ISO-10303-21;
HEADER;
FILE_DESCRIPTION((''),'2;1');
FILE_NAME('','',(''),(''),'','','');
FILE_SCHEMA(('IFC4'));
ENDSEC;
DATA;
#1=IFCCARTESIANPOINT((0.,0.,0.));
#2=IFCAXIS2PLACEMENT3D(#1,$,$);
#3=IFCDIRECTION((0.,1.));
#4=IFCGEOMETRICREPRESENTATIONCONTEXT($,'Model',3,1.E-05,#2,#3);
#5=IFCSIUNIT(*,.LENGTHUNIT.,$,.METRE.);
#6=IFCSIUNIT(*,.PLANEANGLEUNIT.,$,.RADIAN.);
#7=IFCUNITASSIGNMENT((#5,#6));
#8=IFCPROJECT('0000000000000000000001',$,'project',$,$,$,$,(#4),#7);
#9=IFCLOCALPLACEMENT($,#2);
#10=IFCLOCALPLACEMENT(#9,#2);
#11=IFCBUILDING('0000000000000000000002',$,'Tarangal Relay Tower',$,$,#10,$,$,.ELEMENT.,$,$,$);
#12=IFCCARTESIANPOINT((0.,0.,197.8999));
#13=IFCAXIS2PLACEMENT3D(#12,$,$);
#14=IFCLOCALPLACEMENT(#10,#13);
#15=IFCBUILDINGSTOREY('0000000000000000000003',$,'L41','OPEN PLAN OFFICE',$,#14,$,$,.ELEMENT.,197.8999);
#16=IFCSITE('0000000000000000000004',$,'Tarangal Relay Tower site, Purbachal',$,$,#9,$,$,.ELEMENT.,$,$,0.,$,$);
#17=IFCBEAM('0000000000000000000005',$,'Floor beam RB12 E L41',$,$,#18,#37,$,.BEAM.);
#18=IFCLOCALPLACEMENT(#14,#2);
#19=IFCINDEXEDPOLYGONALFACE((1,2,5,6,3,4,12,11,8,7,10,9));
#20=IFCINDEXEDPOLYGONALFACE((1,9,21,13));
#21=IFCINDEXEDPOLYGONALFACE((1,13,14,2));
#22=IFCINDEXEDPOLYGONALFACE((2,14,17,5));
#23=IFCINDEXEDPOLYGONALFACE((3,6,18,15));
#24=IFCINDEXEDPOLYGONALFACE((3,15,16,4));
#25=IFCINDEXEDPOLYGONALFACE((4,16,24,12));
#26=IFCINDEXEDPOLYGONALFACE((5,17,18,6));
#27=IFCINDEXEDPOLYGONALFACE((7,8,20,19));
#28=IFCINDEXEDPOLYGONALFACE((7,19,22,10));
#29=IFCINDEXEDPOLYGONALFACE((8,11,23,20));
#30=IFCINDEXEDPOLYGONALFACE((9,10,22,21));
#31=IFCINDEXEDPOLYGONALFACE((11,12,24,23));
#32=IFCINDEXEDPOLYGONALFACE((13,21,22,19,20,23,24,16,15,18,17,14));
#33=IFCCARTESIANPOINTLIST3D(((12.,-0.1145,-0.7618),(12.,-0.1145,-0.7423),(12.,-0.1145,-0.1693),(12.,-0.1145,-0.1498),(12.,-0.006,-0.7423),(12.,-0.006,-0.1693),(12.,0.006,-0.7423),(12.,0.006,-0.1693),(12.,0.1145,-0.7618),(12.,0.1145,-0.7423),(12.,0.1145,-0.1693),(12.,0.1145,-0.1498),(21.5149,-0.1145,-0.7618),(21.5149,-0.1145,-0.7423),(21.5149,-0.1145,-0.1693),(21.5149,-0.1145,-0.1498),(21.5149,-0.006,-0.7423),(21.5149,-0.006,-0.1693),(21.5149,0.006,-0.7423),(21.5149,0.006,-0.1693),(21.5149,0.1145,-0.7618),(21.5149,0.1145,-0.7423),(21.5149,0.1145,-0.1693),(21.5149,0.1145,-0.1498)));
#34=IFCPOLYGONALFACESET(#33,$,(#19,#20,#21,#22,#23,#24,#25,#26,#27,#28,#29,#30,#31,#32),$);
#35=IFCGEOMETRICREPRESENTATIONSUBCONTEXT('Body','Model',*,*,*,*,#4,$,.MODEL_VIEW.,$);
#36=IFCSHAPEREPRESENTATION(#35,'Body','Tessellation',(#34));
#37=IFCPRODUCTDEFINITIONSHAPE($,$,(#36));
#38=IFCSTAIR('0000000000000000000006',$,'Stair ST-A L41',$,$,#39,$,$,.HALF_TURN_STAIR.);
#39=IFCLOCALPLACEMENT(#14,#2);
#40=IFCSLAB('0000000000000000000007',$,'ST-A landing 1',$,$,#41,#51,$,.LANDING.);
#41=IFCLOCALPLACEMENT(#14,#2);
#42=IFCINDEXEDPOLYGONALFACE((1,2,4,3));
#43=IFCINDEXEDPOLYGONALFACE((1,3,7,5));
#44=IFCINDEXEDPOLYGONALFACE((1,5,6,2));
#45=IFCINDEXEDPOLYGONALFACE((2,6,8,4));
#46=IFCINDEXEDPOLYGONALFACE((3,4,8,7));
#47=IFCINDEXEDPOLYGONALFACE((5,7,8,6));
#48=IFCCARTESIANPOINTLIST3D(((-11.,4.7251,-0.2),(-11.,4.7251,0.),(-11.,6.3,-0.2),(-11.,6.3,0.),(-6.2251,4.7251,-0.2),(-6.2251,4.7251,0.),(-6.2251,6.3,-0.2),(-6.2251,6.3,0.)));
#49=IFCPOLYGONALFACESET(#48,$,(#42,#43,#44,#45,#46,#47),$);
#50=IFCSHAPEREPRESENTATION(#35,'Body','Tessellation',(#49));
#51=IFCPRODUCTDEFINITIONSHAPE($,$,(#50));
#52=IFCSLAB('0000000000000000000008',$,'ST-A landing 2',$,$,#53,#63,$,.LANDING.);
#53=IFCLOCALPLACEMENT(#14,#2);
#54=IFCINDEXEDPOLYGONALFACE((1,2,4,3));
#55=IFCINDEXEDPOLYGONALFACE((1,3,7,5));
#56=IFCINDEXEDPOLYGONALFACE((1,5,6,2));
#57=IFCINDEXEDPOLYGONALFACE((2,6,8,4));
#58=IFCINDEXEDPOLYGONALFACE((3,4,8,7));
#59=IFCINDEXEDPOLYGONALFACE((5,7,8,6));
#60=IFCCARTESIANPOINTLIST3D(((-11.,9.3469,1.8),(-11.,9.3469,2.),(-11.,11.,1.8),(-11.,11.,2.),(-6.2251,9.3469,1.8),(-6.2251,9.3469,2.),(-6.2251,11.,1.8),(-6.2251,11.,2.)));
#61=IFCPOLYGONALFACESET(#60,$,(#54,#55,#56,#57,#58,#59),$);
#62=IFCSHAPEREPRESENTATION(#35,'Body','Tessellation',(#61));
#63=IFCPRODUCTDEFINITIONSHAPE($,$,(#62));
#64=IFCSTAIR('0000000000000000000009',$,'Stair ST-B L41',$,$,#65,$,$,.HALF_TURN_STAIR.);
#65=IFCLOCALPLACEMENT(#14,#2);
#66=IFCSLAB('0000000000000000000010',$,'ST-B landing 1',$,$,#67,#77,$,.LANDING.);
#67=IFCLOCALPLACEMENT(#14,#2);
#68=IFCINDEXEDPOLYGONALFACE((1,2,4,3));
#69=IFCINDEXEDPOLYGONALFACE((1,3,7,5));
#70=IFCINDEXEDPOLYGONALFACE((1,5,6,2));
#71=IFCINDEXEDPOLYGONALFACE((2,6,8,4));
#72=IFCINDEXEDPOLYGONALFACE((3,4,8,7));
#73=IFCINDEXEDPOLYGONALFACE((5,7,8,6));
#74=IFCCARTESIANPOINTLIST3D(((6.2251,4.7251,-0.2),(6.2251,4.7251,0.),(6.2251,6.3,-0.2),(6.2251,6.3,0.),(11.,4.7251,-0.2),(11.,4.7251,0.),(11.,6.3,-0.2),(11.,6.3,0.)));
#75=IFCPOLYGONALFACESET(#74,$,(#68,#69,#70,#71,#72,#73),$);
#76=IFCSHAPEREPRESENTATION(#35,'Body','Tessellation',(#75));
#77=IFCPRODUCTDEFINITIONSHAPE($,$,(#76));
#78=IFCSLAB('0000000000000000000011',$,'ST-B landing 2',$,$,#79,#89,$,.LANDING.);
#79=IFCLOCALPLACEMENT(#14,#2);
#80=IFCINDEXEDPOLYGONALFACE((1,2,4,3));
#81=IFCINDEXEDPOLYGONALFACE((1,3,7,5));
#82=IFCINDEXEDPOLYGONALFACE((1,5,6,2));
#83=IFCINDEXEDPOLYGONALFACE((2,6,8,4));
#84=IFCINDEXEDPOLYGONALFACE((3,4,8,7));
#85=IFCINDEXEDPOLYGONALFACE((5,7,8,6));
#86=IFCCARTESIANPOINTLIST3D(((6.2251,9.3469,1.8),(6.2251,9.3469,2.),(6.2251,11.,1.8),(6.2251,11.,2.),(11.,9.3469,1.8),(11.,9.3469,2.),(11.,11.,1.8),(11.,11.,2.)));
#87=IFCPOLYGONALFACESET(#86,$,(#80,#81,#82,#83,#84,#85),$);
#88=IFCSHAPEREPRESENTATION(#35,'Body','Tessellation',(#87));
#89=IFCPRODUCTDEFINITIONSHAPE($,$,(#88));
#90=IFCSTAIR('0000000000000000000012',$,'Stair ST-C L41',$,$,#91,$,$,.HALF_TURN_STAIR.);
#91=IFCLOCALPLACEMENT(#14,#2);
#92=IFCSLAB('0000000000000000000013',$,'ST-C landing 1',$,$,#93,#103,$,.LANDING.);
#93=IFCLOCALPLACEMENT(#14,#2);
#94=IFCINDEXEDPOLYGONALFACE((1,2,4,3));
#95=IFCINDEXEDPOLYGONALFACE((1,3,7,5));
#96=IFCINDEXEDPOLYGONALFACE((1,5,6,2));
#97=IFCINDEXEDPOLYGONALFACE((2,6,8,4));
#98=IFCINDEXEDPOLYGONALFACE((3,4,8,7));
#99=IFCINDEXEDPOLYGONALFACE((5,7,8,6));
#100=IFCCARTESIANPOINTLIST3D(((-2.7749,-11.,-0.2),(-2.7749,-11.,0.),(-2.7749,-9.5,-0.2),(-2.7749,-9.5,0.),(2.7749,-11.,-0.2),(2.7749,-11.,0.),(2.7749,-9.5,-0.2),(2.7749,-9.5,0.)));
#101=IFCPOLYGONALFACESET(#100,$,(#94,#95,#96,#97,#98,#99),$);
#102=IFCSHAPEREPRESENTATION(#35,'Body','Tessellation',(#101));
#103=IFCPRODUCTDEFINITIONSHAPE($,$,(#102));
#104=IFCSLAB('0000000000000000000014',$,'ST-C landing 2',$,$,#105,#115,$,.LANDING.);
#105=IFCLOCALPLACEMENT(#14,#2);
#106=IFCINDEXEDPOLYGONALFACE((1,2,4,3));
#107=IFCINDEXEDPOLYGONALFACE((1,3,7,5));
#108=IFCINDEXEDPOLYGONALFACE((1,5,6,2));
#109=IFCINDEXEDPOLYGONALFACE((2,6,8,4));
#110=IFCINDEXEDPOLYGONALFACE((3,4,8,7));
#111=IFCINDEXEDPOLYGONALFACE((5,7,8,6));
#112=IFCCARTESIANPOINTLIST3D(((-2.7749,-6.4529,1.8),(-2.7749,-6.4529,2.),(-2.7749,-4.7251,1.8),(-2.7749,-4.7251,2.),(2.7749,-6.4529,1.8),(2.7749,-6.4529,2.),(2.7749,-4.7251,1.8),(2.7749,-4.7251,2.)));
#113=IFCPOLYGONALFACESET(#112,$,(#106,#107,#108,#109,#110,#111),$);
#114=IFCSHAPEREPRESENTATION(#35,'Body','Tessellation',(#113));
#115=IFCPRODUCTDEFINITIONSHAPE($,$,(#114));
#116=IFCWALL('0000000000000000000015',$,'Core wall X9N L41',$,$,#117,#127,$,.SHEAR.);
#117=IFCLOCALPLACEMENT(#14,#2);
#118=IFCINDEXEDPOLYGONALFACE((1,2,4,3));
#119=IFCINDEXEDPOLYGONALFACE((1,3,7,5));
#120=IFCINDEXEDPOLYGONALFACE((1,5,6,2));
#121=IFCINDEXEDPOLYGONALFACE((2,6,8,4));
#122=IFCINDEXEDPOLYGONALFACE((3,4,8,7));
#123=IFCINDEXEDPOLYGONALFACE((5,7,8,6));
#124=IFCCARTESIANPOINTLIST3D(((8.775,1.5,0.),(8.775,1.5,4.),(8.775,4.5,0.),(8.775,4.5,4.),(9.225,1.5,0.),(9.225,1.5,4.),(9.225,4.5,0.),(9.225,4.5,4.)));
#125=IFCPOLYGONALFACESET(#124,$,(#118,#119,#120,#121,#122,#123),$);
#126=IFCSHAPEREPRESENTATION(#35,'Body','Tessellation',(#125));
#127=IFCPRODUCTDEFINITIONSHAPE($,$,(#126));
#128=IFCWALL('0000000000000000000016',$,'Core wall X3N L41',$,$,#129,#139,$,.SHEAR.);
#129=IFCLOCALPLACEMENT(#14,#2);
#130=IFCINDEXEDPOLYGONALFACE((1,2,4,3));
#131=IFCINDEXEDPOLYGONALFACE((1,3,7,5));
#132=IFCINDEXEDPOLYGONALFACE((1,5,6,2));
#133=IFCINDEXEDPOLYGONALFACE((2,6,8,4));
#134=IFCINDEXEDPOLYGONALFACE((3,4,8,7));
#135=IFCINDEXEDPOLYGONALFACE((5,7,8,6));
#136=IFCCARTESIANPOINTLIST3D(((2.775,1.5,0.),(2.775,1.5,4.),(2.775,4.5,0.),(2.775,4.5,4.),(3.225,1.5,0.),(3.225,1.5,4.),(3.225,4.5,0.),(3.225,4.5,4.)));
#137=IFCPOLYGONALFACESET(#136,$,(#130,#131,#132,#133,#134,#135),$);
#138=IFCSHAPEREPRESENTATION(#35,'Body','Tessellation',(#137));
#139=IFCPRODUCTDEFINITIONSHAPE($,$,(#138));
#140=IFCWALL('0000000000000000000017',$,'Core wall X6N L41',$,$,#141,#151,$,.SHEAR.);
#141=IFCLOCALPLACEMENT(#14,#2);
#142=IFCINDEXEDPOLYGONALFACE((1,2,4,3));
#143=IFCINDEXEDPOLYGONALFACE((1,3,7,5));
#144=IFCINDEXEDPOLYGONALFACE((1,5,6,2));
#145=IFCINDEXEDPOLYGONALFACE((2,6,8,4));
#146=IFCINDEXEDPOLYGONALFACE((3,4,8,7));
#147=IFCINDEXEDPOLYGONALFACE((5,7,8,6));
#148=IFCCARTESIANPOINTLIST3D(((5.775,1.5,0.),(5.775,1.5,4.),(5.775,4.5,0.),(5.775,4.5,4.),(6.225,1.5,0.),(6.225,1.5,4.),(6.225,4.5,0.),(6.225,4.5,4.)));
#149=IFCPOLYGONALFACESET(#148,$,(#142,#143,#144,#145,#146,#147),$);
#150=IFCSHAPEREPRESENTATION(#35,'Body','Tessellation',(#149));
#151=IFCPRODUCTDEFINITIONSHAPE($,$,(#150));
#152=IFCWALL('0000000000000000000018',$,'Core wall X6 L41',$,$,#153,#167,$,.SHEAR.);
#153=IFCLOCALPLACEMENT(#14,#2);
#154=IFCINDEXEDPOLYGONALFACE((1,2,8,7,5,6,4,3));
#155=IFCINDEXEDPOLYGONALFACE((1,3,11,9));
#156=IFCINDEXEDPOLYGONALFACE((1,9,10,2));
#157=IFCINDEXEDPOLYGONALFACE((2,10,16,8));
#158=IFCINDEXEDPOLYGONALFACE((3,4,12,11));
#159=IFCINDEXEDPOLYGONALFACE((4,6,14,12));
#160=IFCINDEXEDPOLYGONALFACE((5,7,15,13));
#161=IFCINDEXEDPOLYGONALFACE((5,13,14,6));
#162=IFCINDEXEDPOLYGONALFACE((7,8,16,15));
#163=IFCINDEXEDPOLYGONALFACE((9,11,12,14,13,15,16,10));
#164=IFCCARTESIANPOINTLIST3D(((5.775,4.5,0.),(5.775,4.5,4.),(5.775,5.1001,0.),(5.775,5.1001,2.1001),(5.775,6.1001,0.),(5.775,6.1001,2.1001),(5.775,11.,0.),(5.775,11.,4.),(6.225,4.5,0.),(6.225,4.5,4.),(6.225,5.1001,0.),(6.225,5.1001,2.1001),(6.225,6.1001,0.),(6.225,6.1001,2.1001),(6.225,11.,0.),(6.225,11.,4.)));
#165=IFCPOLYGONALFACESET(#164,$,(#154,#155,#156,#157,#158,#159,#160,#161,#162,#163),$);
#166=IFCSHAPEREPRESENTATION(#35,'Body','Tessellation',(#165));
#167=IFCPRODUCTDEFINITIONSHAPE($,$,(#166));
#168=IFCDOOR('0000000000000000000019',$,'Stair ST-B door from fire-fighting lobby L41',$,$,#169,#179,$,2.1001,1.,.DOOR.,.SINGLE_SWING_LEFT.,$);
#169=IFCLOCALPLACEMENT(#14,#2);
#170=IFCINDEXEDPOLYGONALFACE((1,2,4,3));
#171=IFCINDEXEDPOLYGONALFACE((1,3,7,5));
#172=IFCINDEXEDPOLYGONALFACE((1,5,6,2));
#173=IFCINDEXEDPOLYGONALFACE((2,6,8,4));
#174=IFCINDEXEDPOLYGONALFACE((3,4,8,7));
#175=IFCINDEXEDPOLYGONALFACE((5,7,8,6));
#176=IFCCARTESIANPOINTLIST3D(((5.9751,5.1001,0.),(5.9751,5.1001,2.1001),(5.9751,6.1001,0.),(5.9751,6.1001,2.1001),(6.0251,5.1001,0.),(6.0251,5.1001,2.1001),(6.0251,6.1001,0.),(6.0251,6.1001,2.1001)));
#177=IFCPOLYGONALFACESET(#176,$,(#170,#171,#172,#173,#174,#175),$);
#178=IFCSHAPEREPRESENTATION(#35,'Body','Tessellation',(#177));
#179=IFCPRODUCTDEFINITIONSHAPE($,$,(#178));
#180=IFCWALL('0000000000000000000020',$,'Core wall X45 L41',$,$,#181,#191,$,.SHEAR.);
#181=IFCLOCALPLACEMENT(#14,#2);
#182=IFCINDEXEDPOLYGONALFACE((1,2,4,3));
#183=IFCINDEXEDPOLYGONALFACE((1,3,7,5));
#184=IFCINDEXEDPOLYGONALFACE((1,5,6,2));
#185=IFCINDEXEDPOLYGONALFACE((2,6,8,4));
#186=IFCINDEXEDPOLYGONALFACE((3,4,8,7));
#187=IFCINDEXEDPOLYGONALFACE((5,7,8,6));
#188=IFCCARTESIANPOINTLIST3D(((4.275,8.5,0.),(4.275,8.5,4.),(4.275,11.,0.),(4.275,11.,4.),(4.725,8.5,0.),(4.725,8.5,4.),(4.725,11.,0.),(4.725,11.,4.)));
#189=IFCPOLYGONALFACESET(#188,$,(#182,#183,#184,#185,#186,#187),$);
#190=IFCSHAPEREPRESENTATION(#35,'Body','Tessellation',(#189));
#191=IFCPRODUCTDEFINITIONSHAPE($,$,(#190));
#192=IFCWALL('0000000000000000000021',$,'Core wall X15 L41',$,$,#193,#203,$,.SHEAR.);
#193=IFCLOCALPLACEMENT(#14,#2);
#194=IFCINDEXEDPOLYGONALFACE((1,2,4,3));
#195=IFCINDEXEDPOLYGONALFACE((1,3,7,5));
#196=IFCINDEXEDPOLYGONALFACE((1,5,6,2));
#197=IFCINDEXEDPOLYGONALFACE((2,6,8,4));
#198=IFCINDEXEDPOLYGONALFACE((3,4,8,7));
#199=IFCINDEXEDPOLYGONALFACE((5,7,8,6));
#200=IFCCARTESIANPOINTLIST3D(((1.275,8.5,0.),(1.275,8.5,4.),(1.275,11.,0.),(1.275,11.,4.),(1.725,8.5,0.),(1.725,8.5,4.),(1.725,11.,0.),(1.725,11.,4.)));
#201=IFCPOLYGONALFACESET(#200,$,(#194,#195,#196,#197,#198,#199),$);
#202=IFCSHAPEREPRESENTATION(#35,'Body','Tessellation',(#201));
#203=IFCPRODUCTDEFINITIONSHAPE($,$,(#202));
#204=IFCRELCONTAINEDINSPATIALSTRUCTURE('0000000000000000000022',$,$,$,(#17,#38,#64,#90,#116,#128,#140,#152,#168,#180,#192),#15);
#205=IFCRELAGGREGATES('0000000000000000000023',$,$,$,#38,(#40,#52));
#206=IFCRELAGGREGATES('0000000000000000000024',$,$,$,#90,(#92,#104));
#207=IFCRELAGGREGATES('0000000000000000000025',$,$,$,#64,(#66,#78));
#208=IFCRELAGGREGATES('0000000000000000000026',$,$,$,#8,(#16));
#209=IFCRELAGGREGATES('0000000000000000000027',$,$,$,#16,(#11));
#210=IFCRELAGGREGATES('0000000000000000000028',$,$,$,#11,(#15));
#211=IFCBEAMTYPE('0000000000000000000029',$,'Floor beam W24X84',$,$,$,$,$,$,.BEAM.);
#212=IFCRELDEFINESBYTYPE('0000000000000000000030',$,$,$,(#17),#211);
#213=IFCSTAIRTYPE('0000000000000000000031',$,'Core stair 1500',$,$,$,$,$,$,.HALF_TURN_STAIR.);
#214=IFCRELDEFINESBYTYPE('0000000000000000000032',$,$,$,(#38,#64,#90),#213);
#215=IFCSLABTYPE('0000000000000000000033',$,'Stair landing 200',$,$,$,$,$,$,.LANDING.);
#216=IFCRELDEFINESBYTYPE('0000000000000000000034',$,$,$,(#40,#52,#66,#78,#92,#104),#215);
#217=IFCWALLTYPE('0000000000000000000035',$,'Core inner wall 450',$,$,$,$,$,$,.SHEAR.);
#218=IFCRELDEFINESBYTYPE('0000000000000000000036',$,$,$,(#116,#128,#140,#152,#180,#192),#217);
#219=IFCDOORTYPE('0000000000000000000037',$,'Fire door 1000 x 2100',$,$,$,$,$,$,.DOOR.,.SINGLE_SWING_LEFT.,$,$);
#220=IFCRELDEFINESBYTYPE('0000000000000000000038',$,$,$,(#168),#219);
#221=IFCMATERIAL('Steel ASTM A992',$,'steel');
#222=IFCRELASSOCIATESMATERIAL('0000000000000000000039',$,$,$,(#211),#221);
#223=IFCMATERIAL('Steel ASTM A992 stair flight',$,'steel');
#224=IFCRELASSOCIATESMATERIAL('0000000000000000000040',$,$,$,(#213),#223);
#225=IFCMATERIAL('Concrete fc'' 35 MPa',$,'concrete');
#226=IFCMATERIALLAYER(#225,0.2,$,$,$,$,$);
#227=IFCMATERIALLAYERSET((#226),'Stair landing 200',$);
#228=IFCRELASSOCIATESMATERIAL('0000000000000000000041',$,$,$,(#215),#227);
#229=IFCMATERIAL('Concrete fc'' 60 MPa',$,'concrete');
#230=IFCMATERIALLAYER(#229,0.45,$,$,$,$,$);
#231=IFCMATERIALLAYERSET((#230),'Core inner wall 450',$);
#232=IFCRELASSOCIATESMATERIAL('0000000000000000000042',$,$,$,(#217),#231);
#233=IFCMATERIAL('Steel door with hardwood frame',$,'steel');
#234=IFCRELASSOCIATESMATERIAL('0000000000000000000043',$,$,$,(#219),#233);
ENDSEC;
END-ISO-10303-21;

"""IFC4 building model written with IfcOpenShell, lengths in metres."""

from ifc_helpers import new_model, si_unit, direction, frame, frame_2d, origin, origin_2d, place, context, subcontext, project, spatial, polyline, rectangle, i_section, outline, extrude, material, layer, layer_set, material_profile, profile_set, type_object, element, fill, aggregate, save


model = new_model("IFC4")

# Units and contexts
model_context = context("Model", 3, precision=1e-05, world=origin(), true_north=direction((0.0, 1.0)))
body_context = subcontext(model_context, "Body", "Model", "MODEL_VIEW")
ifc_project = project(units=[si_unit("LENGTHUNIT", "METRE"), si_unit("PLANEANGLEUNIT", "RADIAN")], contexts=[model_context])

# Site, building, storey
site_placement = place(None, origin())
site = spatial("IfcSite", under=ifc_project, at=site_placement, Name="Tarangal Relay Tower site, Purbachal", CompositionType="ELEMENT", RefElevation=0.0)
building_placement = place(site_placement, origin())
building = spatial("IfcBuilding", under=site, at=building_placement, Name="Tarangal Relay Tower", CompositionType="ELEMENT")
storey_placement = place(building_placement, frame((0.0, 0.0, 197.8999)))
storey = spatial("IfcBuildingStorey", under=building, at=storey_placement, Name="L41", Description="OPEN PLAN OFFICE", CompositionType="ELEMENT", Elevation=197.8999)

# Beam
ifc_material_1 = material(Name="Steel ASTM A992", Category="steel")
ifc_material_profile = material_profile(ifc_material_1, i_section(OverallWidth=0.229, OverallDepth=0.6121, WebThickness=0.012, FlangeThickness=0.0195, at=origin_2d()), Name="W24X84")
ifc_profile_set = profile_set([ifc_material_profile], Name="Steel ASTM A992")
beam_type = type_object("IfcBeamType", Name="Floor beam W24X84", PredefinedType="BEAM", material=ifc_profile_set)
beam_placement = place(storey_placement, frame((12.0, 0.0, -0.4558), z_axis=(1.0, 0.0, 0.0), x_axis=(0.0, 1.0, 0.0)))
element("IfcBeam", 1, at=beam_placement, inside=storey, type_object=beam_type, Name="Floor beam RB12 E L41", PredefinedType="BEAM", context=body_context, shape_type="SweptSolid", body=[
    extrude(i_section(OverallWidth=0.229, OverallDepth=0.6121, WebThickness=0.012, FlangeThickness=0.0195, at=origin_2d()), origin(), (0.0, 0.0, 1.0), 9.5149),
])

# Stairs, slabs
ifc_material_2 = material(Name="Steel ASTM A992 stair flight", Category="steel")
stair_type = type_object("IfcStairType", Name="Core stair 1500", PredefinedType="HALF_TURN_STAIR", material=ifc_material_2)
stair_1_placement = place(storey_placement, origin())
stair_1 = element("IfcStair", 2, at=stair_1_placement, inside=storey, type_object=stair_type, Name="Stair ST-A L41", PredefinedType="HALF_TURN_STAIR")
ifc_material_3 = material(Name="Concrete fc' 35 MPa", Category="concrete")
ifc_layer_1 = layer(ifc_material_3, 0.2)
ifc_layer_set_1 = layer_set([ifc_layer_1], Name="Stair landing 200")
slab_type = type_object("IfcSlabType", Name="Stair landing 200", PredefinedType="LANDING", material=ifc_layer_set_1)
slab_1_placement = place(storey_placement, frame((0.0, 0.0, -0.2)))
slab_1 = element("IfcSlab", 3, at=slab_1_placement, type_object=slab_type, Name="ST-A landing 1", PredefinedType="LANDING", context=body_context, shape_type="SweptSolid", body=[
    extrude(outline(polyline([(-11.0, 4.7251), (-6.2251, 4.7251), (-6.2251, 6.3), (-11.0, 6.3), (-11.0, 4.7251)])), origin(), (0.0, 0.0, 1.0), 0.2),
])
slab_2_placement = place(storey_placement, frame((0.0, 0.0, 1.8)))
slab_2 = element("IfcSlab", 4, at=slab_2_placement, type_object=slab_type, Name="ST-A landing 2", PredefinedType="LANDING", context=body_context, shape_type="SweptSolid", body=[
    extrude(outline(polyline([(-11.0, 9.3469), (-6.2251, 9.3469), (-6.2251, 11.0), (-11.0, 11.0), (-11.0, 9.3469)])), origin(), (0.0, 0.0, 1.0), 0.2),
])
aggregate(stair_1, [slab_1, slab_2])
stair_2_placement = place(storey_placement, origin())
stair_2 = element("IfcStair", 5, at=stair_2_placement, inside=storey, type_object=stair_type, Name="Stair ST-B L41", PredefinedType="HALF_TURN_STAIR")
slab_3_placement = place(storey_placement, frame((0.0, 0.0, -0.2)))
slab_3 = element("IfcSlab", 6, at=slab_3_placement, type_object=slab_type, Name="ST-B landing 1", PredefinedType="LANDING", context=body_context, shape_type="SweptSolid", body=[
    extrude(outline(polyline([(6.2251, 4.7251), (11.0, 4.7251), (11.0, 6.3), (6.2251, 6.3), (6.2251, 4.7251)])), origin(), (0.0, 0.0, 1.0), 0.2),
])
slab_4_placement = place(storey_placement, frame((0.0, 0.0, 1.8)))
slab_4 = element("IfcSlab", 7, at=slab_4_placement, type_object=slab_type, Name="ST-B landing 2", PredefinedType="LANDING", context=body_context, shape_type="SweptSolid", body=[
    extrude(outline(polyline([(6.2251, 9.3469), (11.0, 9.3469), (11.0, 11.0), (6.2251, 11.0), (6.2251, 9.3469)])), origin(), (0.0, 0.0, 1.0), 0.2),
])
stair_3_placement = place(storey_placement, origin())
stair_3 = element("IfcStair", 8, at=stair_3_placement, inside=storey, type_object=stair_type, Name="Stair ST-C L41", PredefinedType="HALF_TURN_STAIR")
slab_5_placement = place(storey_placement, frame((0.0, 0.0, -0.2)))
slab_5 = element("IfcSlab", 9, at=slab_5_placement, type_object=slab_type, Name="ST-C landing 1", PredefinedType="LANDING", context=body_context, shape_type="SweptSolid", body=[
    extrude(outline(polyline([(-2.7749, -11.0), (2.7749, -11.0), (2.7749, -9.5), (-2.7749, -9.5), (-2.7749, -11.0)])), origin(), (0.0, 0.0, 1.0), 0.2),
])
slab_6_placement = place(storey_placement, frame((0.0, 0.0, 1.8)))
slab_6 = element("IfcSlab", 10, at=slab_6_placement, type_object=slab_type, Name="ST-C landing 2", PredefinedType="LANDING", context=body_context, shape_type="SweptSolid", body=[
    extrude(outline(polyline([(-2.7749, -6.4529), (2.7749, -6.4529), (2.7749, -4.7251), (-2.7749, -4.7251), (-2.7749, -6.4529)])), origin(), (0.0, 0.0, 1.0), 0.2),
])
aggregate(stair_3, [slab_5, slab_6])

# Walls
ifc_material_4 = material(Name="Concrete fc' 60 MPa", Category="concrete")
ifc_layer_2 = layer(ifc_material_4, 0.45)
ifc_layer_set_2 = layer_set([ifc_layer_2], Name="Core inner wall 450")
wall_type_1 = type_object("IfcWallType", Name="Core inner wall 450", PredefinedType="SHEAR", material=ifc_layer_set_2)
for number, where, z_axis, x_axis, name in (
    (11, (9.0, 1.5, 0.0), (0.0, 0.0, 1.0), (0.0, 1.0, 0.0), "Core wall X9N L41"),
    (12, (3.0, 1.5, 0.0), (0.0, 0.0, 1.0), (0.0, 1.0, 0.0), "Core wall X3N L41"),
    (13, (6.0, 1.5, 0.0), (0.0, 0.0, 1.0), (0.0, 1.0, 0.0), "Core wall X6N L41"),
):
    element("IfcWall", number, at=place(storey_placement, frame(where, z_axis=z_axis, x_axis=x_axis)), inside=storey, type_object=wall_type_1, Name=name, PredefinedType="SHEAR", context=body_context, shape_type="SweptSolid", body=[
        extrude(rectangle(XDim=3.0, YDim=0.45, at=frame_2d((1.5, 0.0))), origin(), (0.0, 0.0, 1.0), 4.0),
    ])

# Wall, opening, door
wall_1_placement = place(storey_placement, frame((6.0, 4.5, 0.0), z_axis=(0.0, 0.0, 1.0), x_axis=(0.0, 1.0, 0.0)))
wall_1 = element("IfcWall", 14, at=wall_1_placement, inside=storey, type_object=wall_type_1, Name="Core wall X6 L41", PredefinedType="SHEAR", context=body_context, shape_type="SweptSolid", body=[
    extrude(rectangle(XDim=6.5, YDim=0.45, at=frame_2d((3.25, 0.0))), origin(), (0.0, 0.0, 1.0), 4.0),
])
opening_1_placement = place(wall_1_placement, frame((0.6001, 0.0, 0.0)))
opening_1 = element("IfcOpeningElement", 15, at=opening_1_placement, cuts=wall_1, PredefinedType="OPENING", context=body_context, shape_type="SweptSolid", body=[
    extrude(rectangle(XDim=1.0, YDim=2.1001, at=frame_2d((0.5, 1.05))), frame((0.0, 0.2349, 0.0), z_axis=(0.0, -1.0, 0.0), x_axis=(1.0, 0.0, 0.0)), (0.0, 0.0, 1.0), 0.47),
])
ifc_material_5 = material(Name="Steel door with hardwood frame", Category="steel")
door_type_1 = type_object("IfcDoorType", Name="Fire door 1000 x 2100", OperationType="SINGLE_SWING_LEFT", PredefinedType="DOOR", material=ifc_material_5)
door_1_placement = place(opening_1_placement, origin())
door_1 = element("IfcDoor", 16, at=door_1_placement, inside=storey, type_object=door_type_1, Name="Stair ST-B door from fire-fighting lobby L41", OperationType="SINGLE_SWING_LEFT", OverallHeight=2.1001, OverallWidth=1.0, PredefinedType="DOOR", context=body_context, shape_type="SweptSolid", body=[
    extrude(rectangle(XDim=1.0, YDim=2.1001, at=frame_2d((0.5, 1.05))), frame((0.0, 0.0249, 0.0), z_axis=(0.0, -1.0, 0.0), x_axis=(1.0, 0.0, 0.0)), (0.0, 0.0, 1.0), 0.05),
])
fill(opening_1, door_1)

# Walls
for number, where, z_axis, x_axis, name in (
    (17, (4.5, 8.5, 0.0), (0.0, 0.0, 1.0), (0.0, 1.0, 0.0), "Core wall X45 L41"),
    (18, (1.5, 8.5, 0.0), (0.0, 0.0, 1.0), (0.0, 1.0, 0.0), "Core wall X15 L41"),
):
    element("IfcWall", number, at=place(storey_placement, frame(where, z_axis=z_axis, x_axis=x_axis)), inside=storey, type_object=wall_type_1, Name=name, PredefinedType="SHEAR", context=body_context, shape_type="SweptSolid", body=[
        extrude(rectangle(XDim=2.5, YDim=0.45, at=frame_2d((1.25, 0.0))), origin(), (0.0, 0.0, 1.0), 4.0),
    ])

aggregate(stair_2, [slab_3, slab_4])

save(model, "model.ifc")
